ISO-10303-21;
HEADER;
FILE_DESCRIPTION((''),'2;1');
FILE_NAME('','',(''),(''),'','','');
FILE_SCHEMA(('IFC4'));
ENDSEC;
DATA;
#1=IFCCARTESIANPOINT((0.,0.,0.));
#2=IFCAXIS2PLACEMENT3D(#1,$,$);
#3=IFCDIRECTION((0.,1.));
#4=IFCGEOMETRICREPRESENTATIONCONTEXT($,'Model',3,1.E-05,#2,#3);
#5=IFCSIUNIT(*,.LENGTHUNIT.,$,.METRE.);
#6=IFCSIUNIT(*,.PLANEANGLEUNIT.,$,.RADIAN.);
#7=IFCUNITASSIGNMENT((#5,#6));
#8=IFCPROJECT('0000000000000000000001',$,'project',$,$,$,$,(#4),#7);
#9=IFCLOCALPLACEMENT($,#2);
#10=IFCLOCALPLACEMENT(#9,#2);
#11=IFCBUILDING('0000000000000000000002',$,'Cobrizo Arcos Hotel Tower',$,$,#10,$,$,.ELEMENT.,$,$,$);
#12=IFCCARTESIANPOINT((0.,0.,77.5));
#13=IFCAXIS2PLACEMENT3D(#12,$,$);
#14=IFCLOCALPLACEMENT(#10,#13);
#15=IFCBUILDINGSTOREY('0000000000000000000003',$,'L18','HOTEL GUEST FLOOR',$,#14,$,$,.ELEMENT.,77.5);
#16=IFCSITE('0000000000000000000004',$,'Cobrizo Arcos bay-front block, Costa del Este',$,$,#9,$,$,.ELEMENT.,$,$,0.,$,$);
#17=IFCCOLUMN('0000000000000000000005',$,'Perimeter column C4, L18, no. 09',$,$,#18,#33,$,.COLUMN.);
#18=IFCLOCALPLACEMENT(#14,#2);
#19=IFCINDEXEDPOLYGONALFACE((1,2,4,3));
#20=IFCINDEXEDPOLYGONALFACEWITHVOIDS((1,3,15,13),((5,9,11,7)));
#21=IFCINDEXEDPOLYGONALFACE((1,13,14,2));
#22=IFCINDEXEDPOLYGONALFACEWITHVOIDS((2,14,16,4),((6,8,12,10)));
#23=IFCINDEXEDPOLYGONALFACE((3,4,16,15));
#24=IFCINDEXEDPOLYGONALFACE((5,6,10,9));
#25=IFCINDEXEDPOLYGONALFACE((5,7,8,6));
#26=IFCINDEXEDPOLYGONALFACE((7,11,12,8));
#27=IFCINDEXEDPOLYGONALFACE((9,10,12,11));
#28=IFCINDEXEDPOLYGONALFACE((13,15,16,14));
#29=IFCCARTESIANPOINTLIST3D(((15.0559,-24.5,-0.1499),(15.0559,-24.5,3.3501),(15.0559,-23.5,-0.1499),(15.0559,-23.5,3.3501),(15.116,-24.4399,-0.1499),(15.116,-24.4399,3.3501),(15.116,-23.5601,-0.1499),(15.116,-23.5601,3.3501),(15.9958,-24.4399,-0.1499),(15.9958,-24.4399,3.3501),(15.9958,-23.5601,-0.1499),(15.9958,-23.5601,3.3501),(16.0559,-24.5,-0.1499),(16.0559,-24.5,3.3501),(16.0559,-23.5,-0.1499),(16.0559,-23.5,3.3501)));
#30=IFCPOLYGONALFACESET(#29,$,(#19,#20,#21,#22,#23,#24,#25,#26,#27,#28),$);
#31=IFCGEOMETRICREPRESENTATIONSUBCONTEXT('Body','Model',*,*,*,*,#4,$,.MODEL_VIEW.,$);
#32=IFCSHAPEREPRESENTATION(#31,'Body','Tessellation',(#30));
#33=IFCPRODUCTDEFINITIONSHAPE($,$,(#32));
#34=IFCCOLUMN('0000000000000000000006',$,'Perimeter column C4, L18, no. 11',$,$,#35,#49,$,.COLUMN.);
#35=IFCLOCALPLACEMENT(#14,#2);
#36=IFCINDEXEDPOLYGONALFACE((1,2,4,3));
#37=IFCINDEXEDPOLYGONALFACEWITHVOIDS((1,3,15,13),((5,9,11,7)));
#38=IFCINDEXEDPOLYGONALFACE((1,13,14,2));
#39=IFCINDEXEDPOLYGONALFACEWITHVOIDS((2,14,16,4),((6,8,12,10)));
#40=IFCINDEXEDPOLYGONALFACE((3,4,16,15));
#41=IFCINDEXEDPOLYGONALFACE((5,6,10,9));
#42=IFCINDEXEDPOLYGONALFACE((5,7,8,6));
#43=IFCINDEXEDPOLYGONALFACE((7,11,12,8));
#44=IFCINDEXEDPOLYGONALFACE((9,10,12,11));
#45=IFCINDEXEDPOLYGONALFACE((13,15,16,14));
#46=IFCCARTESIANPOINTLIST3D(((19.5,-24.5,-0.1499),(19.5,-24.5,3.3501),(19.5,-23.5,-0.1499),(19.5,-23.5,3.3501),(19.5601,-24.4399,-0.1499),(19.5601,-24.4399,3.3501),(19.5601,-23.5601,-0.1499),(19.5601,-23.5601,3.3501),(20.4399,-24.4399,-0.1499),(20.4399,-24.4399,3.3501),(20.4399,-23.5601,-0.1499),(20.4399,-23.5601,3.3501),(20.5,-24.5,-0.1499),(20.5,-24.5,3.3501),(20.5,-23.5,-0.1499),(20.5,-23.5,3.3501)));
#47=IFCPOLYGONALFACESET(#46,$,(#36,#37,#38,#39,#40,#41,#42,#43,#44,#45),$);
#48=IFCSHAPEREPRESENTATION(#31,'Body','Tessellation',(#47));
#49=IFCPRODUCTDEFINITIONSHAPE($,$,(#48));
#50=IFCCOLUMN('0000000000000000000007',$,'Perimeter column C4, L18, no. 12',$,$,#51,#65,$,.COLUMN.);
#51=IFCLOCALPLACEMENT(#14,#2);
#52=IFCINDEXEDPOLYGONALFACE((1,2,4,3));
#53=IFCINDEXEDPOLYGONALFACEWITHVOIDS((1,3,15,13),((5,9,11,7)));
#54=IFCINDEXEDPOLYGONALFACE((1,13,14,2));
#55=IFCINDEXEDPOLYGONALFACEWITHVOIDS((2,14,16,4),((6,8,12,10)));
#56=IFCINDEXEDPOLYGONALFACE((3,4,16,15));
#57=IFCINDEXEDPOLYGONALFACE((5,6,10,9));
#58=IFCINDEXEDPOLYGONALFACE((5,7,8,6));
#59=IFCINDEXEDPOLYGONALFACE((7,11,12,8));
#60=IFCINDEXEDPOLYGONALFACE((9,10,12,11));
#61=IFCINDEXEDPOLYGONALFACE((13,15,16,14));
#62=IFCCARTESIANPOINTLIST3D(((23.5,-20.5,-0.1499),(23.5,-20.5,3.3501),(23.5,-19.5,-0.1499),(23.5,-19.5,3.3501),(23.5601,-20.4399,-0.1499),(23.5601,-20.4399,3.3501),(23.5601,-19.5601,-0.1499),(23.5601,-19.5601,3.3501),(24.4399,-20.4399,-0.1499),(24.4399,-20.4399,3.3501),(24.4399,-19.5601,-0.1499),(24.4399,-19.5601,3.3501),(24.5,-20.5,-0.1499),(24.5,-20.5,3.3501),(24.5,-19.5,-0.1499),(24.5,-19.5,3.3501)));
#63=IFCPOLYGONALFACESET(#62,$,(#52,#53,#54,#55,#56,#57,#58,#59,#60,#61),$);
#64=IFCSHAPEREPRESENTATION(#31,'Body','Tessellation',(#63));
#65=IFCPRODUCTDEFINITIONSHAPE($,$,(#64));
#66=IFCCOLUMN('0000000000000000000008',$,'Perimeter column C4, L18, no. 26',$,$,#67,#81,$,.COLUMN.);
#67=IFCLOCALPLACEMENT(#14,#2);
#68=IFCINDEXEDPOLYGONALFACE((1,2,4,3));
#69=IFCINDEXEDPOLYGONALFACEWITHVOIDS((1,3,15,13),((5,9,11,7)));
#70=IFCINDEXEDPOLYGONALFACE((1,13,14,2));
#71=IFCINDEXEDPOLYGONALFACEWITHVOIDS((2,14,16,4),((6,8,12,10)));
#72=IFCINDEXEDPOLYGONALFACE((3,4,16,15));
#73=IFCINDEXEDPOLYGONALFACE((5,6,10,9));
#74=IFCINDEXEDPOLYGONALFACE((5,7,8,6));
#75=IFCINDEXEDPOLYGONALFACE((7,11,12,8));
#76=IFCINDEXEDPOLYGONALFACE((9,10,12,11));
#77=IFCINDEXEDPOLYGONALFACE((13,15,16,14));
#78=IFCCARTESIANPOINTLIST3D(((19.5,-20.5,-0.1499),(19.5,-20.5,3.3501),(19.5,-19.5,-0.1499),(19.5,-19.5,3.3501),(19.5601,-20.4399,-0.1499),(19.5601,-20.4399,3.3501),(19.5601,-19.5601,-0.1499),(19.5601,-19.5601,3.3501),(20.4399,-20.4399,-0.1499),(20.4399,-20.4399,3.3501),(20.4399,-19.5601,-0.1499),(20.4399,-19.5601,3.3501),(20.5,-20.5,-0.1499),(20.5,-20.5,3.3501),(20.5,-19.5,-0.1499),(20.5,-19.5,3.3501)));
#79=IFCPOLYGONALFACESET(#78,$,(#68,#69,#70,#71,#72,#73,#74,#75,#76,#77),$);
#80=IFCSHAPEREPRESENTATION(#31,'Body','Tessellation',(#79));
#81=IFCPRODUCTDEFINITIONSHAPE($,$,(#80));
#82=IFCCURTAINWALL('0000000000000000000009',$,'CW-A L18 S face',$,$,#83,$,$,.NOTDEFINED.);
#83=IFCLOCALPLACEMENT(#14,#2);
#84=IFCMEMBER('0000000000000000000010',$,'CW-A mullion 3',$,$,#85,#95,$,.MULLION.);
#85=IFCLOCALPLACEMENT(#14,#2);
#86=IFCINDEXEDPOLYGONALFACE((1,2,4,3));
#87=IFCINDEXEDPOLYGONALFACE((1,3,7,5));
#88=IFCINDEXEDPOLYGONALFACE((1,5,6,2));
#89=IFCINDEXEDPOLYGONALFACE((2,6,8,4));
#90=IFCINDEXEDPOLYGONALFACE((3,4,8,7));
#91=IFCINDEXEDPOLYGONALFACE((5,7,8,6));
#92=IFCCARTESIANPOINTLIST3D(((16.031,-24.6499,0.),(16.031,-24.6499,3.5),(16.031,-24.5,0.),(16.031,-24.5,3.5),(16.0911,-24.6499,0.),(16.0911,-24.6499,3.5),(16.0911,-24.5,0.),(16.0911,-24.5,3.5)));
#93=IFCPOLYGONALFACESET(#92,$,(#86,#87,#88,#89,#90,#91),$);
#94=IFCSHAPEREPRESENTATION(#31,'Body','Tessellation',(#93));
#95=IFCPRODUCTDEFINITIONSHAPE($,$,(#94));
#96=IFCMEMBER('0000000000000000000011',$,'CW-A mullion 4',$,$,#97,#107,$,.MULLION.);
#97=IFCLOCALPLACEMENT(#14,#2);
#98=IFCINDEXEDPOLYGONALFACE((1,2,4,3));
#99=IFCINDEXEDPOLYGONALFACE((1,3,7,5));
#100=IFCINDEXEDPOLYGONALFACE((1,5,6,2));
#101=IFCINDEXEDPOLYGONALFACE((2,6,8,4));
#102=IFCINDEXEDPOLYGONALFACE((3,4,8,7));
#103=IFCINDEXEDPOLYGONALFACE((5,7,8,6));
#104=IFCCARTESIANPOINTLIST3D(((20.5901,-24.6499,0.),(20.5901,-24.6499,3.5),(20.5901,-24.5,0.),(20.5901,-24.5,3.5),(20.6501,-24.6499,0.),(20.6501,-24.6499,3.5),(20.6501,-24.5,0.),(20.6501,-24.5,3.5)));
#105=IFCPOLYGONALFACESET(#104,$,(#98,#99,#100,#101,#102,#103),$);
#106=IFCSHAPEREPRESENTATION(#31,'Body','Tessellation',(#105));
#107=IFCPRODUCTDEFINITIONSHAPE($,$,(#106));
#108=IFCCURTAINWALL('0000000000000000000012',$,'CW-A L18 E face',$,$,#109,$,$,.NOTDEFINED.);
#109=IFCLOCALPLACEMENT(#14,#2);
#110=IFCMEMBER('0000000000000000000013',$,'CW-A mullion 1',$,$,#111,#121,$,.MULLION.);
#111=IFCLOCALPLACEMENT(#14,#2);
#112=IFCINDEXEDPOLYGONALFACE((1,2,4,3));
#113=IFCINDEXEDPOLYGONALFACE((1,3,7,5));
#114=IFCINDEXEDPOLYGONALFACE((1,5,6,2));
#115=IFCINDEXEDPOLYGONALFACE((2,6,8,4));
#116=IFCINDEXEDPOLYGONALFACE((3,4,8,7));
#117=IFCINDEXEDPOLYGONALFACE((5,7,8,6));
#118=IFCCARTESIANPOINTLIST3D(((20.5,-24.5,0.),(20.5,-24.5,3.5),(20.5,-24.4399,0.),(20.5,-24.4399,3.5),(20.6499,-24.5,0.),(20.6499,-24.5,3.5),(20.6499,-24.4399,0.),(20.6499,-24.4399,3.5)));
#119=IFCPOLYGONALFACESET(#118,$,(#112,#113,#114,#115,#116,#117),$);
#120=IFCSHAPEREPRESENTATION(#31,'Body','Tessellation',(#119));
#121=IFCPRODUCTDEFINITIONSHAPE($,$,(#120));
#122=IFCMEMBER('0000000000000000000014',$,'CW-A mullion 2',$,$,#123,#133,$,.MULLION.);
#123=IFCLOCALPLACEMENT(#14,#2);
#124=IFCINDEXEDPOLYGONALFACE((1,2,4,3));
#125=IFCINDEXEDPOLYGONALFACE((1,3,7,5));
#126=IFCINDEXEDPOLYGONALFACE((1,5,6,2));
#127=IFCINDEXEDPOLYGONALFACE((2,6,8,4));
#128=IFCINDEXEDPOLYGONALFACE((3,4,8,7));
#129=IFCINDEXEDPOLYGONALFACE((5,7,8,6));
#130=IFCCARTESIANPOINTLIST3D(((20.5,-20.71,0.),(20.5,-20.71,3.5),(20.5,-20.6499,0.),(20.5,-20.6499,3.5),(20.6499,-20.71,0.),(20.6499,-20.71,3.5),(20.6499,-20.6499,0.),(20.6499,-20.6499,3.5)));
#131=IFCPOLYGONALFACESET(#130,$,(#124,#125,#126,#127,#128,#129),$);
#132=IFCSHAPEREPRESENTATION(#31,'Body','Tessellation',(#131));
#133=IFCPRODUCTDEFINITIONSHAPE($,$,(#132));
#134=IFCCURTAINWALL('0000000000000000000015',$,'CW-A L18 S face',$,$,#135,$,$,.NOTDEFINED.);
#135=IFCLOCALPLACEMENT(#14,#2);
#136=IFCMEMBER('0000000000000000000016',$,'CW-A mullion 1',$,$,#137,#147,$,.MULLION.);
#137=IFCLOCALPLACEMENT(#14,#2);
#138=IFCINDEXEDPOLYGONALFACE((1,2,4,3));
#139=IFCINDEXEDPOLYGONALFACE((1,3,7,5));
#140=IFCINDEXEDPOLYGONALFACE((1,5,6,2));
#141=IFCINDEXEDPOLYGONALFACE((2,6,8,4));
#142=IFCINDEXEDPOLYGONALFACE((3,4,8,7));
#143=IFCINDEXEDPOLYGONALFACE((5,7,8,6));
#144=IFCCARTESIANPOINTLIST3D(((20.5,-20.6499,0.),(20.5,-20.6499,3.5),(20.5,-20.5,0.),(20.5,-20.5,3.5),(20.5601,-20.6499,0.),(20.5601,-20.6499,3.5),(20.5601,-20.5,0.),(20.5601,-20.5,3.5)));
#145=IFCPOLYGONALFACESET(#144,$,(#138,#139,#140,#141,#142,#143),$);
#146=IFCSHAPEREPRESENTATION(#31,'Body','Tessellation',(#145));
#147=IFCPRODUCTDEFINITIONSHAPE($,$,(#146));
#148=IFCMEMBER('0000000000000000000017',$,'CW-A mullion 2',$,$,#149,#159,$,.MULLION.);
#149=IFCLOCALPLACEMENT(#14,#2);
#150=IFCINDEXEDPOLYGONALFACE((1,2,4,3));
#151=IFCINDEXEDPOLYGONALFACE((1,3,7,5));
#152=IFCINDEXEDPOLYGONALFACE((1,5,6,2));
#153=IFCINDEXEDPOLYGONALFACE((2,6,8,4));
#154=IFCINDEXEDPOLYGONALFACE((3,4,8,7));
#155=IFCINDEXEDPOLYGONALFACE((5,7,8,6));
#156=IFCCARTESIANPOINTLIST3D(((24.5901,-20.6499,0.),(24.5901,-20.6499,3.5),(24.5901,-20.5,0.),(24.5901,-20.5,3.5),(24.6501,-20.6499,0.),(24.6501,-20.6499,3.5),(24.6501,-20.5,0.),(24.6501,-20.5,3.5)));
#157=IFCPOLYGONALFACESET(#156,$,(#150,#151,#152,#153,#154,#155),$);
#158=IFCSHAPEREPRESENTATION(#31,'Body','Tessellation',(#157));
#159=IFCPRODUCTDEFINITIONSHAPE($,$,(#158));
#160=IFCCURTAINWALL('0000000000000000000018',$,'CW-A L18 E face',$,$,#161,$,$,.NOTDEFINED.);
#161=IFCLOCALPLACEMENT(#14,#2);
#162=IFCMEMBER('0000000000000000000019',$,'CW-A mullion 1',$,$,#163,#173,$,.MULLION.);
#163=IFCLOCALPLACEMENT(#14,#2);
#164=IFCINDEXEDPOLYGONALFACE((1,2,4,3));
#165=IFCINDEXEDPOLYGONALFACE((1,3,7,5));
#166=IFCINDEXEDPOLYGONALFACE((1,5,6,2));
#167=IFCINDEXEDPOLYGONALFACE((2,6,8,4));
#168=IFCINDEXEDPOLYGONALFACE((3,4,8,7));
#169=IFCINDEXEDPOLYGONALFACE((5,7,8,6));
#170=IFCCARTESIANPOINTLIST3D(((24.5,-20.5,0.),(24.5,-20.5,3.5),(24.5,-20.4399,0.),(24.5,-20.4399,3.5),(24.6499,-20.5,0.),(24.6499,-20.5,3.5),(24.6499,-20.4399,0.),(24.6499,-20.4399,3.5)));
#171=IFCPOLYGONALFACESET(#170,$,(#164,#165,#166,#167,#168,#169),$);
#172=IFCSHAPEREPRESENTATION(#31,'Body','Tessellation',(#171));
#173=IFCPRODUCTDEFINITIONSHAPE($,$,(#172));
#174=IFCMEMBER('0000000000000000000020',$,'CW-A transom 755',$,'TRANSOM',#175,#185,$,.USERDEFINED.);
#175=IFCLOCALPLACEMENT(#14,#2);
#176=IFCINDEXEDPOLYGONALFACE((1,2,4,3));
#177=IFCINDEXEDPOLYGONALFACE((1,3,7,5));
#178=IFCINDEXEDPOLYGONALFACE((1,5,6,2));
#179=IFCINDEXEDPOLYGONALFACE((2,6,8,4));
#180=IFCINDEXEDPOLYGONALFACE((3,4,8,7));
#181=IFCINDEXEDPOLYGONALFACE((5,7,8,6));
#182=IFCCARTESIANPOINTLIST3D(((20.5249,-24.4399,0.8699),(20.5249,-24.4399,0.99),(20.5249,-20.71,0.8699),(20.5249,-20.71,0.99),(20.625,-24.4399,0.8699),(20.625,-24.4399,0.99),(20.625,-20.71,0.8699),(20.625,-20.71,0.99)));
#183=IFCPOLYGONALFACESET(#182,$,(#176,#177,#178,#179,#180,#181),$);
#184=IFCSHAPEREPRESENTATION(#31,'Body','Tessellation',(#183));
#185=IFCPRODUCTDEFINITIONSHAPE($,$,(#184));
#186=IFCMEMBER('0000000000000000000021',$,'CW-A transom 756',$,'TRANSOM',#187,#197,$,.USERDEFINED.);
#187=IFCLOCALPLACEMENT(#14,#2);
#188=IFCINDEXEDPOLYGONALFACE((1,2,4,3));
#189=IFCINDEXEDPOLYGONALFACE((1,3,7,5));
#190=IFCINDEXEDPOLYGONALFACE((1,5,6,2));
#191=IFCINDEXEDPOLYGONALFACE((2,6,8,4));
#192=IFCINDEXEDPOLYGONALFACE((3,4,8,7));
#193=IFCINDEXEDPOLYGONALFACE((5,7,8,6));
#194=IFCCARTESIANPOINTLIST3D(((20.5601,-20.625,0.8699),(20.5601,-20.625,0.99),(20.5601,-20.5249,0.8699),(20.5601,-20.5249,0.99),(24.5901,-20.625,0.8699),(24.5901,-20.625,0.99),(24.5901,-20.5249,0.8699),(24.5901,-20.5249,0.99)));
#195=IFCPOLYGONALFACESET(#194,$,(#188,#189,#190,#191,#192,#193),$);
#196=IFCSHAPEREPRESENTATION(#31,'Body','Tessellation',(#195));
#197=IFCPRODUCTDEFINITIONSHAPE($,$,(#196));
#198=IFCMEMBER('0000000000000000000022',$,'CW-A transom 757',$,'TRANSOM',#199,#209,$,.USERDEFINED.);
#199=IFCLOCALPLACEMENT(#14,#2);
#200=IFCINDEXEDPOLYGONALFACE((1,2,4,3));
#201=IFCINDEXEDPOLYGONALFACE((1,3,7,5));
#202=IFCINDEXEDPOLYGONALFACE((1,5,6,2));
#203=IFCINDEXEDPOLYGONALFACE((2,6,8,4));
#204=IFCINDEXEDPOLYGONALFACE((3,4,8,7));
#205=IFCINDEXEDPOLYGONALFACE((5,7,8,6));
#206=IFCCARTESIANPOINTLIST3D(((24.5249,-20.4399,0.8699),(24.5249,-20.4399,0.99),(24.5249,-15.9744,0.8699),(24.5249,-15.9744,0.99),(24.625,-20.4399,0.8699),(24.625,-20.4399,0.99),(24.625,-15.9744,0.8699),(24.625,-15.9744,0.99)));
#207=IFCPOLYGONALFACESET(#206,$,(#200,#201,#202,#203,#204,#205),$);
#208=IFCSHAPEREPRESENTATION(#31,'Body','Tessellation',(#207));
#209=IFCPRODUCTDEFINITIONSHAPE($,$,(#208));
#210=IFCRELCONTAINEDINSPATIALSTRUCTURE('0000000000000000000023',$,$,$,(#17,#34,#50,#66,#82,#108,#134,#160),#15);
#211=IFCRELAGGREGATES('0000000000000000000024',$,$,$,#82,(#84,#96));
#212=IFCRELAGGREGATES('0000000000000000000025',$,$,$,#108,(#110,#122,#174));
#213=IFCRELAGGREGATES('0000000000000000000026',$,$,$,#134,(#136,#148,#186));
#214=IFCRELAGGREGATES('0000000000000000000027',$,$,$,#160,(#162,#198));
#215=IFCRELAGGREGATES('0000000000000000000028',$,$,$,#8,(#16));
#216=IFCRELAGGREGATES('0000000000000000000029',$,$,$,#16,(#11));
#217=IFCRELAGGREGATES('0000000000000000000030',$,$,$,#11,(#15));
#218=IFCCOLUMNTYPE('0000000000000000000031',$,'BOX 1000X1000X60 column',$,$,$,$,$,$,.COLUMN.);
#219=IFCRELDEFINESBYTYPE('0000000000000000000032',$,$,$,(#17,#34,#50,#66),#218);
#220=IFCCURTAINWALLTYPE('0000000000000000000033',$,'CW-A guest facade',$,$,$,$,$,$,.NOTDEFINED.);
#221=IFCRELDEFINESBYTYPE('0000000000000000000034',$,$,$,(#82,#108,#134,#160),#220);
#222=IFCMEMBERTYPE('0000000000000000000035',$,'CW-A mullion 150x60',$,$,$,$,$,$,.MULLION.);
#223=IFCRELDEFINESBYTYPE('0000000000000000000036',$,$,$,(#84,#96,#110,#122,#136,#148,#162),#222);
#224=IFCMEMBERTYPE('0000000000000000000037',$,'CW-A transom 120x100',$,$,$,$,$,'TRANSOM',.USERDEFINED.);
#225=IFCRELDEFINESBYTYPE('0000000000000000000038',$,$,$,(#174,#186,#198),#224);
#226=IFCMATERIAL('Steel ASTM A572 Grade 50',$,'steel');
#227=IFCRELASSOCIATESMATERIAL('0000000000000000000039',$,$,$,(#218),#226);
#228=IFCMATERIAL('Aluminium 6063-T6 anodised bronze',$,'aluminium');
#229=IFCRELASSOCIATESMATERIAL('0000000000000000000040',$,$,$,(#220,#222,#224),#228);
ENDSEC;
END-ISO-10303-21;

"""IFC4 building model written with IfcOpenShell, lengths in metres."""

from ifc_helpers import new_model, si_unit, direction, frame, origin, origin_2d, place, context, subcontext, project, spatial, rectangle, hollow_rectangle, extrude, material, material_profile, profile_set, type_object, element, aggregate, save


model = new_model("IFC4")

# Units and contexts
model_context = context("Model", 3, precision=1e-05, world=origin(), true_north=direction((0.0, 1.0)))
body_context = subcontext(model_context, "Body", "Model", "MODEL_VIEW")
ifc_project = project(units=[si_unit("LENGTHUNIT", "METRE"), si_unit("PLANEANGLEUNIT", "RADIAN")], contexts=[model_context])

# Site, building, storey
site_placement = place(None, origin())
site = spatial("IfcSite", under=ifc_project, at=site_placement, Name="Cobrizo Arcos bay-front block, Costa del Este", CompositionType="ELEMENT", RefElevation=0.0)
building_placement = place(site_placement, origin())
building = spatial("IfcBuilding", under=site, at=building_placement, Name="Cobrizo Arcos Hotel Tower", CompositionType="ELEMENT")
storey_placement = place(building_placement, frame((0.0, 0.0, 77.5)))
storey = spatial("IfcBuildingStorey", under=building, at=storey_placement, Name="L18", Description="HOTEL GUEST FLOOR", CompositionType="ELEMENT", Elevation=77.5)

# Columns
ifc_material_1 = material(Name="Steel ASTM A572 Grade 50", Category="steel")
ifc_material_profile_1 = material_profile(ifc_material_1, hollow_rectangle(XDim=1.0, YDim=1.0, WallThickness=0.0601, at=origin_2d()), Name="BOX 1000X1000X60")
ifc_profile_set_1 = profile_set([ifc_material_profile_1], Name="Steel ASTM A572 Grade 50")
column_type = type_object("IfcColumnType", Name="BOX 1000X1000X60 column", PredefinedType="COLUMN", material=ifc_profile_set_1)
for number, where, z_axis, x_axis, name in (
    (1, (15.5559, -24.0, -0.1499), (0.0, 0.0, 1.0), (1.0, 0.0, 0.0), "Perimeter column C4, L18, no. 09"),
    (2, (20.0, -24.0, -0.1499), (0.0, 0.0, 1.0), (1.0, 0.0, 0.0), "Perimeter column C4, L18, no. 11"),
    (3, (24.0, -20.0, -0.1499), (0.0, 0.0, 1.0), (1.0, 0.0, 0.0), "Perimeter column C4, L18, no. 12"),
    (4, (20.0, -20.0, -0.1499), (0.0, 0.0, 1.0), (1.0, 0.0, 0.0), "Perimeter column C4, L18, no. 26"),
):
    element("IfcColumn", number, at=place(storey_placement, frame(where, z_axis=z_axis, x_axis=x_axis)), inside=storey, type_object=column_type, Name=name, PredefinedType="COLUMN", context=body_context, shape_type="SweptSolid", body=[
        extrude(hollow_rectangle(XDim=1.0, YDim=1.0, WallThickness=0.0601, at=origin_2d()), origin(), (0.0, 0.0, 1.0), 3.5),
    ])

# Curtain walls, members
ifc_material_2 = material(Name="Aluminium 6063-T6 anodised bronze", Category="aluminium")
curtain_wall_type = type_object("IfcCurtainWallType", Name="CW-A guest facade", PredefinedType="NOTDEFINED", material=ifc_material_2)
curtain_wall_1_placement = place(storey_placement, origin())
curtain_wall_1 = element("IfcCurtainWall", 5, at=curtain_wall_1_placement, inside=storey, type_object=curtain_wall_type, Name="CW-A L18 S face", PredefinedType="NOTDEFINED")
ifc_material_profile_2 = material_profile(ifc_material_2, rectangle(XDim=0.1499, YDim=0.0601, at=origin_2d()), Name="CW-A mullion 150x60")
ifc_profile_set_2 = profile_set([ifc_material_profile_2], Name="Aluminium 6063-T6 anodised bronze")
member_type_1 = type_object("IfcMemberType", Name="CW-A mullion 150x60", PredefinedType="MULLION", material=ifc_profile_set_2)
member_1_placement = place(storey_placement, frame((16.061, -24.575, 0.0), z_axis=(0.0, 0.0, 1.0), x_axis=(0.0, -1.0, 0.0)))
member_1 = element("IfcMember", 6, at=member_1_placement, type_object=member_type_1, Name="CW-A mullion 3", PredefinedType="MULLION", context=body_context, shape_type="SweptSolid", body=[
    extrude(rectangle(XDim=0.1499, YDim=0.0601, at=origin_2d()), origin(), (0.0, 0.0, 1.0), 3.5),
])
member_2_placement = place(storey_placement, frame((20.6201, -24.575, 0.0), z_axis=(0.0, 0.0, 1.0), x_axis=(0.0, -1.0, 0.0)))
member_2 = element("IfcMember", 7, at=member_2_placement, type_object=member_type_1, Name="CW-A mullion 4", PredefinedType="MULLION", context=body_context, shape_type="SweptSolid", body=[
    extrude(rectangle(XDim=0.1499, YDim=0.0601, at=origin_2d()), origin(), (0.0, 0.0, 1.0), 3.5),
])
curtain_wall_2_placement = place(storey_placement, origin())
curtain_wall_2 = element("IfcCurtainWall", 8, at=curtain_wall_2_placement, inside=storey, type_object=curtain_wall_type, Name="CW-A L18 E face", PredefinedType="NOTDEFINED")
member_3_placement = place(storey_placement, frame((20.575, -24.47, 0.0), z_axis=(0.0, 0.0, 1.0), x_axis=(1.0, 0.0, 0.0)))
member_3 = element("IfcMember", 9, at=member_3_placement, type_object=member_type_1, Name="CW-A mullion 1", PredefinedType="MULLION", context=body_context, shape_type="SweptSolid", body=[
    extrude(rectangle(XDim=0.1499, YDim=0.0601, at=origin_2d()), origin(), (0.0, 0.0, 1.0), 3.5),
])
member_4_placement = place(storey_placement, frame((20.575, -20.6799, 0.0), z_axis=(0.0, 0.0, 1.0), x_axis=(1.0, 0.0, 0.0)))
member_4 = element("IfcMember", 10, at=member_4_placement, type_object=member_type_1, Name="CW-A mullion 2", PredefinedType="MULLION", context=body_context, shape_type="SweptSolid", body=[
    extrude(rectangle(XDim=0.1499, YDim=0.0601, at=origin_2d()), origin(), (0.0, 0.0, 1.0), 3.5),
])
curtain_wall_3_placement = place(storey_placement, origin())
curtain_wall_3 = element("IfcCurtainWall", 11, at=curtain_wall_3_placement, inside=storey, type_object=curtain_wall_type, Name="CW-A L18 S face", PredefinedType="NOTDEFINED")
member_5_placement = place(storey_placement, frame((20.53, -20.575, 0.0), z_axis=(0.0, 0.0, 1.0), x_axis=(0.0, -1.0, 0.0)))
member_5 = element("IfcMember", 12, at=member_5_placement, type_object=member_type_1, Name="CW-A mullion 1", PredefinedType="MULLION", context=body_context, shape_type="SweptSolid", body=[
    extrude(rectangle(XDim=0.1499, YDim=0.0601, at=origin_2d()), origin(), (0.0, 0.0, 1.0), 3.5),
])
member_6_placement = place(storey_placement, frame((24.6201, -20.575, 0.0), z_axis=(0.0, 0.0, 1.0), x_axis=(0.0, -1.0, 0.0)))
member_6 = element("IfcMember", 13, at=member_6_placement, type_object=member_type_1, Name="CW-A mullion 2", PredefinedType="MULLION", context=body_context, shape_type="SweptSolid", body=[
    extrude(rectangle(XDim=0.1499, YDim=0.0601, at=origin_2d()), origin(), (0.0, 0.0, 1.0), 3.5),
])

# Curtain wall, member
curtain_wall_4_placement = place(storey_placement, origin())
curtain_wall_4 = element("IfcCurtainWall", 14, at=curtain_wall_4_placement, inside=storey, type_object=curtain_wall_type, Name="CW-A L18 E face", PredefinedType="NOTDEFINED")
member_7_placement = place(storey_placement, frame((24.575, -20.47, 0.0), z_axis=(0.0, 0.0, 1.0), x_axis=(1.0, 0.0, 0.0)))
member_7 = element("IfcMember", 15, at=member_7_placement, type_object=member_type_1, Name="CW-A mullion 1", PredefinedType="MULLION", context=body_context, shape_type="SweptSolid", body=[
    extrude(rectangle(XDim=0.1499, YDim=0.0601, at=origin_2d()), origin(), (0.0, 0.0, 1.0), 3.5),
])

# Members
ifc_material_profile_3 = material_profile(ifc_material_2, rectangle(XDim=0.1001, YDim=0.1201, at=origin_2d()), Name="CW-A transom 120x100")
ifc_profile_set_3 = profile_set([ifc_material_profile_3], Name="Aluminium 6063-T6 anodised bronze")
member_type_2 = type_object("IfcMemberType", Name="CW-A transom 120x100", ElementType="TRANSOM", PredefinedType="USERDEFINED", material=ifc_profile_set_3)
member_8_placement = place(storey_placement, frame((20.575, -24.4399, 0.9299), z_axis=(0.0, 1.0, 0.0), x_axis=(-1.0, 0.0, 0.0)))
member_8 = element("IfcMember", 16, at=member_8_placement, type_object=member_type_2, Name="CW-A transom 755", ObjectType="TRANSOM", PredefinedType="USERDEFINED", context=body_context, shape_type="SweptSolid", body=[
    extrude(rectangle(XDim=0.1001, YDim=0.1201, at=origin_2d()), origin(), (0.0, 0.0, 1.0), 3.73),
])
member_9_placement = place(storey_placement, frame((20.5601, -20.575, 0.9299), z_axis=(1.0, 0.0, 0.0), x_axis=(0.0, 1.0, 0.0)))
member_9 = element("IfcMember", 17, at=member_9_placement, type_object=member_type_2, Name="CW-A transom 756", ObjectType="TRANSOM", PredefinedType="USERDEFINED", context=body_context, shape_type="SweptSolid", body=[
    extrude(rectangle(XDim=0.1001, YDim=0.1201, at=origin_2d()), origin(), (0.0, 0.0, 1.0), 4.03),
])
member_10_placement = place(storey_placement, frame((24.575, -20.4399, 0.9299), z_axis=(0.0, 1.0, 0.0), x_axis=(-1.0, 0.0, 0.0)))
member_10 = element("IfcMember", 18, at=member_10_placement, type_object=member_type_2, Name="CW-A transom 757", ObjectType="TRANSOM", PredefinedType="USERDEFINED", context=body_context, shape_type="SweptSolid", body=[
    extrude(rectangle(XDim=0.1001, YDim=0.1201, at=origin_2d()), origin(), (0.0, 0.0, 1.0), 4.4656),
])

aggregate(curtain_wall_1, [member_1, member_2])
aggregate(curtain_wall_2, [member_3, member_4, member_8])
aggregate(curtain_wall_3, [member_5, member_6, member_9])
aggregate(curtain_wall_4, [member_7, member_10])

save(model, "model.ifc")
